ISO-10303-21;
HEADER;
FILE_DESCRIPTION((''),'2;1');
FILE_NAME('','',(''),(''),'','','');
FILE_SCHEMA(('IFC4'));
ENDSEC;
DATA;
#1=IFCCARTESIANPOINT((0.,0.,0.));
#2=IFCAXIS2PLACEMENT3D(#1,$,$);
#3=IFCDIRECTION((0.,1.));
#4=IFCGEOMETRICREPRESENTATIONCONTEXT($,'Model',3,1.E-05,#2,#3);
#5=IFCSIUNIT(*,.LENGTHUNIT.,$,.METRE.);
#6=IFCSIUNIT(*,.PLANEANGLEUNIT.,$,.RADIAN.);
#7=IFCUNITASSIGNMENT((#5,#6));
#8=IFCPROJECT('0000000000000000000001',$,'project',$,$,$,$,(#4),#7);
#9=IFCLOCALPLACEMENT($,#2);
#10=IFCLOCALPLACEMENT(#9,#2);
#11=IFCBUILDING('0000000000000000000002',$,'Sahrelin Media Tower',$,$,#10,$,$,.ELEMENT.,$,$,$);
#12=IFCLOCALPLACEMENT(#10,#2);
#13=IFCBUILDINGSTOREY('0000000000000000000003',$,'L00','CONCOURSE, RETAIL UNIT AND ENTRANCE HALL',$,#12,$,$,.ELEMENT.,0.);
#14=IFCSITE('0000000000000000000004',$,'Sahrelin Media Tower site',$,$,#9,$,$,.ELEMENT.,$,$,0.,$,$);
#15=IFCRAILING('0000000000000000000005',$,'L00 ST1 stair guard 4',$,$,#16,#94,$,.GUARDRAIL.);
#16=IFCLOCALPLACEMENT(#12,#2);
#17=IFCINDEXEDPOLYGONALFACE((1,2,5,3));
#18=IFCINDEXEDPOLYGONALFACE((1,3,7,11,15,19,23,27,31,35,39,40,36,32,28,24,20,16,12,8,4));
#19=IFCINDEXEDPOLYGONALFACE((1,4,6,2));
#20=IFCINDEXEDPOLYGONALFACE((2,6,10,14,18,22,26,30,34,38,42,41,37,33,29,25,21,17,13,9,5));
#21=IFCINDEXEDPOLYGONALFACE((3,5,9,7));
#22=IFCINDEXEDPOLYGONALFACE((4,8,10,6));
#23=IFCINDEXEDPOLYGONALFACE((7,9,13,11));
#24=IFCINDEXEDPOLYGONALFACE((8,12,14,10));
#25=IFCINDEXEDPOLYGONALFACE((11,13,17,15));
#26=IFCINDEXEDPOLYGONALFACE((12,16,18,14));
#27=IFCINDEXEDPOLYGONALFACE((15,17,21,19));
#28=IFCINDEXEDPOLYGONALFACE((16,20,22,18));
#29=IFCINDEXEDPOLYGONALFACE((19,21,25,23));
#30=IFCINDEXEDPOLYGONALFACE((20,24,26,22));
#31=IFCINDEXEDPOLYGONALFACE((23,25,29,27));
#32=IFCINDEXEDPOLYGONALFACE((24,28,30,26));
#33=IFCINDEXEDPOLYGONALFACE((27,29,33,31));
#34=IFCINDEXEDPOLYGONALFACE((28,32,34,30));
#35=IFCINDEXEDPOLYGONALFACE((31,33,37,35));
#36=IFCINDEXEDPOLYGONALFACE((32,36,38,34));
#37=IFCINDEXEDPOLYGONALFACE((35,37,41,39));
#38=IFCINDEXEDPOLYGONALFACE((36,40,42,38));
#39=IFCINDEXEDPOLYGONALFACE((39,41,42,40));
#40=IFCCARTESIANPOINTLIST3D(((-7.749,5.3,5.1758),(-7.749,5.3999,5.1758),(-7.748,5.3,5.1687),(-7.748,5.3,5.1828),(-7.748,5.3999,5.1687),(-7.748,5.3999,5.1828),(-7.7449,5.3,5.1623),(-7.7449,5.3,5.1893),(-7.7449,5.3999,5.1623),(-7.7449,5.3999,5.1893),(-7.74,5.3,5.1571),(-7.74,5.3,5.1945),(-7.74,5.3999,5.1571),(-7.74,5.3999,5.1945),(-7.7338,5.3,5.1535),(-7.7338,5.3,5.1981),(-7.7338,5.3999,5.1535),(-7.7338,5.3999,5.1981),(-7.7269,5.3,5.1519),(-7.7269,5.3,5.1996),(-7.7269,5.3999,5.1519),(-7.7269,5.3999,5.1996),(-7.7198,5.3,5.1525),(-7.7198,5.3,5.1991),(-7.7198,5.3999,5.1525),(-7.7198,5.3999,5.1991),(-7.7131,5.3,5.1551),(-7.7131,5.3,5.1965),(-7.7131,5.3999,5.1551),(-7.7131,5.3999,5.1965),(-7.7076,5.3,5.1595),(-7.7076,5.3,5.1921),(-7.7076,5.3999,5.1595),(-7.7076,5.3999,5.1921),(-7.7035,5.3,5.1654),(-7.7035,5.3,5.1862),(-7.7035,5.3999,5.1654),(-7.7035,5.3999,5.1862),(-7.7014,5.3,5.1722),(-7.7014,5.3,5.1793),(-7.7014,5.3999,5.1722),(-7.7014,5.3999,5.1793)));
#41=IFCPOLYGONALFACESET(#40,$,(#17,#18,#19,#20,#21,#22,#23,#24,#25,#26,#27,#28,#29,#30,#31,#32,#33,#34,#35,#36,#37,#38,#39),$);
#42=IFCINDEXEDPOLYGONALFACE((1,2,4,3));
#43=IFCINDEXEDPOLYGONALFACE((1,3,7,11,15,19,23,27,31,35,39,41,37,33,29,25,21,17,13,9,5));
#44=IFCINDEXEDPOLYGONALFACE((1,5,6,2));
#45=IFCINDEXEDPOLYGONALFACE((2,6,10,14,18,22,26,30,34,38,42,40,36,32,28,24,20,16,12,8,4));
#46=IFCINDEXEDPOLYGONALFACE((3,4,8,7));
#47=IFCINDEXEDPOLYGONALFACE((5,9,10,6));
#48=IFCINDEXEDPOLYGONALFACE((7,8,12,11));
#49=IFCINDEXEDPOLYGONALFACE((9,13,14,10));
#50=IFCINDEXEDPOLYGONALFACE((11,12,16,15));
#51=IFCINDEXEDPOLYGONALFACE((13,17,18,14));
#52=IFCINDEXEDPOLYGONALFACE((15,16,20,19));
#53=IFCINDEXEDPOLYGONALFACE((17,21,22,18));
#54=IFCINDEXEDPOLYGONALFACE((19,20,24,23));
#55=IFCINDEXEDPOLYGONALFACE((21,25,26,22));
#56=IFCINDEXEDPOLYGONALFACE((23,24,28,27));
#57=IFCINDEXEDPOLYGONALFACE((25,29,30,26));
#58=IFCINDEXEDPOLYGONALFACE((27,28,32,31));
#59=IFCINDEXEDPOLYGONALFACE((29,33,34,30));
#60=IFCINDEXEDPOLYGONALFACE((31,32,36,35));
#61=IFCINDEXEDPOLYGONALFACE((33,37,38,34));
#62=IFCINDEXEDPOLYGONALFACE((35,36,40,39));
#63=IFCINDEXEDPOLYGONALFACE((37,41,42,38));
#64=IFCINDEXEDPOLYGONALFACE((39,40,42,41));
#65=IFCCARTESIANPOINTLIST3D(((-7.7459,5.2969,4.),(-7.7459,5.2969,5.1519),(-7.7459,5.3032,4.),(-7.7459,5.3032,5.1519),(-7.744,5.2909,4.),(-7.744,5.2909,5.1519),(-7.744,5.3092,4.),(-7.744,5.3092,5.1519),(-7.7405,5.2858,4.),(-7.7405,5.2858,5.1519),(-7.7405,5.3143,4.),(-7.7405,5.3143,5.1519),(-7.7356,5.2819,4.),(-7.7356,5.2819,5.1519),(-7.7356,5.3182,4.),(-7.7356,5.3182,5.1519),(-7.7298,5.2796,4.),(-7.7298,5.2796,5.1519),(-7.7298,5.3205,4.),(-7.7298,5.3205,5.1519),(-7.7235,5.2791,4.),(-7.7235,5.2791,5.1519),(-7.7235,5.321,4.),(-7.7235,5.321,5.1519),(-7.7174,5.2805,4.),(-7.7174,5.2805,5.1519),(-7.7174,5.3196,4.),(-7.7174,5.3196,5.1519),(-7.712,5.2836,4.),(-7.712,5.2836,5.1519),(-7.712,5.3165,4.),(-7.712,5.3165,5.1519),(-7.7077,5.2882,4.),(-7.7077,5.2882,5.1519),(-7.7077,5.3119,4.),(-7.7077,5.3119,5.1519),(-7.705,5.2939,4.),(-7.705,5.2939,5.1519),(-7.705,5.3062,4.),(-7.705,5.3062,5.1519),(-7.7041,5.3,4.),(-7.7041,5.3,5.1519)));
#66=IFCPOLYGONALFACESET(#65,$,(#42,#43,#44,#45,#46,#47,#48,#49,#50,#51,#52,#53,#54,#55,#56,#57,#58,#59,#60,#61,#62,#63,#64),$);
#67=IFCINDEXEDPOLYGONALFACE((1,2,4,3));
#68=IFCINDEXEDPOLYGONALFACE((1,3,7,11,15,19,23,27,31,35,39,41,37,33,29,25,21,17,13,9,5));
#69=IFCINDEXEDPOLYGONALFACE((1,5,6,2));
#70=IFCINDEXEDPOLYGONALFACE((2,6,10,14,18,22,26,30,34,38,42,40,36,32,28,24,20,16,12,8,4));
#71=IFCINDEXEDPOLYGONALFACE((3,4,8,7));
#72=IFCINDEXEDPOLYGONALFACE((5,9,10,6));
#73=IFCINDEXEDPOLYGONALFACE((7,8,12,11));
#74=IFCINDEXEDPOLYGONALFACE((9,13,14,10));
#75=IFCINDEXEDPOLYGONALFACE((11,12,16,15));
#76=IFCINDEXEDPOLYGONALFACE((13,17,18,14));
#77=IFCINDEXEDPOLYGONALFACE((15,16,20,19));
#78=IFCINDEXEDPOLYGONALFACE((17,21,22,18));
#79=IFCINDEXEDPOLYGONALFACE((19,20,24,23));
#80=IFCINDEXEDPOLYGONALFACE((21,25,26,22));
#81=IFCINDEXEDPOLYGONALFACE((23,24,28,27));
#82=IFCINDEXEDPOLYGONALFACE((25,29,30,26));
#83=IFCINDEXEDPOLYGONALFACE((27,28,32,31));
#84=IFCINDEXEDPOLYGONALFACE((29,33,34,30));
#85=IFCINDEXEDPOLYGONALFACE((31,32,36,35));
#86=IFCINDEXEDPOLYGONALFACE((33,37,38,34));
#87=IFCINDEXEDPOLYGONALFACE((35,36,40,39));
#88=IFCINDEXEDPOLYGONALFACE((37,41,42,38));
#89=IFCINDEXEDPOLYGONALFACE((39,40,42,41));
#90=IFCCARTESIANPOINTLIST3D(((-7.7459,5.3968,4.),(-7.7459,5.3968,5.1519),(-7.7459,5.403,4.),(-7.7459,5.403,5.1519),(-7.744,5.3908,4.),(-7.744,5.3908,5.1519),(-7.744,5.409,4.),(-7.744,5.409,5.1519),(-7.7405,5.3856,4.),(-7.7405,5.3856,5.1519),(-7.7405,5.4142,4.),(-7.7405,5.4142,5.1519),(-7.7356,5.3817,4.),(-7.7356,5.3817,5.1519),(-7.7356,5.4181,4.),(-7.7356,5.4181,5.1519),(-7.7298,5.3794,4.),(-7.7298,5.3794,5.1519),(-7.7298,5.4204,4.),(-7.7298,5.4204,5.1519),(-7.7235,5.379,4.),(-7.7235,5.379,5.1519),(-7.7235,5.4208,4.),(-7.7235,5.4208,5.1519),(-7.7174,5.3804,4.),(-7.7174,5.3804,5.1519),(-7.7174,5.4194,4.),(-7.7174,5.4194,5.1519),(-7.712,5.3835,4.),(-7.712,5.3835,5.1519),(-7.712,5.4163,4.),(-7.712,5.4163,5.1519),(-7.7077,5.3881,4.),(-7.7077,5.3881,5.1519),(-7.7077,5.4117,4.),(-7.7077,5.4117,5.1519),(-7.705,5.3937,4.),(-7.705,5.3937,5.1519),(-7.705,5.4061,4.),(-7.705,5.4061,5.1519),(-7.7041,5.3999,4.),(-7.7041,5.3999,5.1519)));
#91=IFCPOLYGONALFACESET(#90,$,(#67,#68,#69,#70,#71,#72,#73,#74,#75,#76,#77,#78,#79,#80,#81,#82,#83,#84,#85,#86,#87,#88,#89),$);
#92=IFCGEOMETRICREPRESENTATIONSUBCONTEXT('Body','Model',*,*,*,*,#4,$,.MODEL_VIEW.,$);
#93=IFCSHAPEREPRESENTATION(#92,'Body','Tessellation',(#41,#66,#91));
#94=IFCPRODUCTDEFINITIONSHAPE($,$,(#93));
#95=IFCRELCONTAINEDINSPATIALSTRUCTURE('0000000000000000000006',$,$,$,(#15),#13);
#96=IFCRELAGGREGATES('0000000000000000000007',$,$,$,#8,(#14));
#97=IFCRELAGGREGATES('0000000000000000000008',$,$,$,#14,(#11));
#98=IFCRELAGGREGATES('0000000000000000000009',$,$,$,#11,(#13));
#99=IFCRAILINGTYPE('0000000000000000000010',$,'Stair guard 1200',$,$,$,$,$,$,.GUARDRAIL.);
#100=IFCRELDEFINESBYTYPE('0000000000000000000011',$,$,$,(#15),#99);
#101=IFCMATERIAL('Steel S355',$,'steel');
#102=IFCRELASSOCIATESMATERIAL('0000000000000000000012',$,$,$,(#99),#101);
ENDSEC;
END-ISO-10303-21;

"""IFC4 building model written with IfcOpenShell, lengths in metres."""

from ifc_helpers import new_model, si_unit, direction, frame, origin, origin_2d, place, context, subcontext, project, spatial, circle, extrude, material, type_object, element, save


model = new_model("IFC4")

# Units and contexts
model_context = context("Model", 3, precision=1e-05, world=origin(), true_north=direction((0.0, 1.0)))
body_context = subcontext(model_context, "Body", "Model", "MODEL_VIEW")
ifc_project = project(units=[si_unit("LENGTHUNIT", "METRE"), si_unit("PLANEANGLEUNIT", "RADIAN")], contexts=[model_context])

# Site, building, storey
site_placement = place(None, origin())
site = spatial("IfcSite", under=ifc_project, at=site_placement, Name="Sahrelin Media Tower site", CompositionType="ELEMENT", RefElevation=0.0)
building_placement = place(site_placement, origin())
building = spatial("IfcBuilding", under=site, at=building_placement, Name="Sahrelin Media Tower", CompositionType="ELEMENT")
storey_placement = place(building_placement, origin())
storey = spatial("IfcBuildingStorey", under=building, at=storey_placement, Name="L00", Description="CONCOURSE, RETAIL UNIT AND ENTRANCE HALL", CompositionType="ELEMENT", Elevation=0.0)

# Shared definitions
ifc_material_1 = material(Name="Steel S355", Category="steel")

# Railing
railing_type_1 = type_object("IfcRailingType", Name="Stair guard 1200", PredefinedType="GUARDRAIL", material=ifc_material_1)
railing_1_placement = place(storey_placement, frame((-7.7251, 5.3, 4.0)))
element("IfcRailing", 1, at=railing_1_placement, inside=storey, type_object=railing_type_1, Name="L00 ST1 stair guard 4", PredefinedType="GUARDRAIL", context=body_context, shape_type="SweptSolid", body=[
    extrude(circle(Radius=0.0239, at=origin_2d()), frame((0.0, 0.0, 1.1758), z_axis=(0.0, 1.0, 0.0), x_axis=(-1.0, 0.0, 0.0)), (0.0, 0.0, 1.0), 0.0999),
    extrude(circle(Radius=0.021, at=origin_2d()), origin(), (0.0, 0.0, 1.0), 1.1519),
    extrude(circle(Radius=0.021, at=origin_2d()), frame((0.0, 0.0999, 0.0)), (0.0, 0.0, 1.0), 1.1519),
])

save(model, "model.ifc")
